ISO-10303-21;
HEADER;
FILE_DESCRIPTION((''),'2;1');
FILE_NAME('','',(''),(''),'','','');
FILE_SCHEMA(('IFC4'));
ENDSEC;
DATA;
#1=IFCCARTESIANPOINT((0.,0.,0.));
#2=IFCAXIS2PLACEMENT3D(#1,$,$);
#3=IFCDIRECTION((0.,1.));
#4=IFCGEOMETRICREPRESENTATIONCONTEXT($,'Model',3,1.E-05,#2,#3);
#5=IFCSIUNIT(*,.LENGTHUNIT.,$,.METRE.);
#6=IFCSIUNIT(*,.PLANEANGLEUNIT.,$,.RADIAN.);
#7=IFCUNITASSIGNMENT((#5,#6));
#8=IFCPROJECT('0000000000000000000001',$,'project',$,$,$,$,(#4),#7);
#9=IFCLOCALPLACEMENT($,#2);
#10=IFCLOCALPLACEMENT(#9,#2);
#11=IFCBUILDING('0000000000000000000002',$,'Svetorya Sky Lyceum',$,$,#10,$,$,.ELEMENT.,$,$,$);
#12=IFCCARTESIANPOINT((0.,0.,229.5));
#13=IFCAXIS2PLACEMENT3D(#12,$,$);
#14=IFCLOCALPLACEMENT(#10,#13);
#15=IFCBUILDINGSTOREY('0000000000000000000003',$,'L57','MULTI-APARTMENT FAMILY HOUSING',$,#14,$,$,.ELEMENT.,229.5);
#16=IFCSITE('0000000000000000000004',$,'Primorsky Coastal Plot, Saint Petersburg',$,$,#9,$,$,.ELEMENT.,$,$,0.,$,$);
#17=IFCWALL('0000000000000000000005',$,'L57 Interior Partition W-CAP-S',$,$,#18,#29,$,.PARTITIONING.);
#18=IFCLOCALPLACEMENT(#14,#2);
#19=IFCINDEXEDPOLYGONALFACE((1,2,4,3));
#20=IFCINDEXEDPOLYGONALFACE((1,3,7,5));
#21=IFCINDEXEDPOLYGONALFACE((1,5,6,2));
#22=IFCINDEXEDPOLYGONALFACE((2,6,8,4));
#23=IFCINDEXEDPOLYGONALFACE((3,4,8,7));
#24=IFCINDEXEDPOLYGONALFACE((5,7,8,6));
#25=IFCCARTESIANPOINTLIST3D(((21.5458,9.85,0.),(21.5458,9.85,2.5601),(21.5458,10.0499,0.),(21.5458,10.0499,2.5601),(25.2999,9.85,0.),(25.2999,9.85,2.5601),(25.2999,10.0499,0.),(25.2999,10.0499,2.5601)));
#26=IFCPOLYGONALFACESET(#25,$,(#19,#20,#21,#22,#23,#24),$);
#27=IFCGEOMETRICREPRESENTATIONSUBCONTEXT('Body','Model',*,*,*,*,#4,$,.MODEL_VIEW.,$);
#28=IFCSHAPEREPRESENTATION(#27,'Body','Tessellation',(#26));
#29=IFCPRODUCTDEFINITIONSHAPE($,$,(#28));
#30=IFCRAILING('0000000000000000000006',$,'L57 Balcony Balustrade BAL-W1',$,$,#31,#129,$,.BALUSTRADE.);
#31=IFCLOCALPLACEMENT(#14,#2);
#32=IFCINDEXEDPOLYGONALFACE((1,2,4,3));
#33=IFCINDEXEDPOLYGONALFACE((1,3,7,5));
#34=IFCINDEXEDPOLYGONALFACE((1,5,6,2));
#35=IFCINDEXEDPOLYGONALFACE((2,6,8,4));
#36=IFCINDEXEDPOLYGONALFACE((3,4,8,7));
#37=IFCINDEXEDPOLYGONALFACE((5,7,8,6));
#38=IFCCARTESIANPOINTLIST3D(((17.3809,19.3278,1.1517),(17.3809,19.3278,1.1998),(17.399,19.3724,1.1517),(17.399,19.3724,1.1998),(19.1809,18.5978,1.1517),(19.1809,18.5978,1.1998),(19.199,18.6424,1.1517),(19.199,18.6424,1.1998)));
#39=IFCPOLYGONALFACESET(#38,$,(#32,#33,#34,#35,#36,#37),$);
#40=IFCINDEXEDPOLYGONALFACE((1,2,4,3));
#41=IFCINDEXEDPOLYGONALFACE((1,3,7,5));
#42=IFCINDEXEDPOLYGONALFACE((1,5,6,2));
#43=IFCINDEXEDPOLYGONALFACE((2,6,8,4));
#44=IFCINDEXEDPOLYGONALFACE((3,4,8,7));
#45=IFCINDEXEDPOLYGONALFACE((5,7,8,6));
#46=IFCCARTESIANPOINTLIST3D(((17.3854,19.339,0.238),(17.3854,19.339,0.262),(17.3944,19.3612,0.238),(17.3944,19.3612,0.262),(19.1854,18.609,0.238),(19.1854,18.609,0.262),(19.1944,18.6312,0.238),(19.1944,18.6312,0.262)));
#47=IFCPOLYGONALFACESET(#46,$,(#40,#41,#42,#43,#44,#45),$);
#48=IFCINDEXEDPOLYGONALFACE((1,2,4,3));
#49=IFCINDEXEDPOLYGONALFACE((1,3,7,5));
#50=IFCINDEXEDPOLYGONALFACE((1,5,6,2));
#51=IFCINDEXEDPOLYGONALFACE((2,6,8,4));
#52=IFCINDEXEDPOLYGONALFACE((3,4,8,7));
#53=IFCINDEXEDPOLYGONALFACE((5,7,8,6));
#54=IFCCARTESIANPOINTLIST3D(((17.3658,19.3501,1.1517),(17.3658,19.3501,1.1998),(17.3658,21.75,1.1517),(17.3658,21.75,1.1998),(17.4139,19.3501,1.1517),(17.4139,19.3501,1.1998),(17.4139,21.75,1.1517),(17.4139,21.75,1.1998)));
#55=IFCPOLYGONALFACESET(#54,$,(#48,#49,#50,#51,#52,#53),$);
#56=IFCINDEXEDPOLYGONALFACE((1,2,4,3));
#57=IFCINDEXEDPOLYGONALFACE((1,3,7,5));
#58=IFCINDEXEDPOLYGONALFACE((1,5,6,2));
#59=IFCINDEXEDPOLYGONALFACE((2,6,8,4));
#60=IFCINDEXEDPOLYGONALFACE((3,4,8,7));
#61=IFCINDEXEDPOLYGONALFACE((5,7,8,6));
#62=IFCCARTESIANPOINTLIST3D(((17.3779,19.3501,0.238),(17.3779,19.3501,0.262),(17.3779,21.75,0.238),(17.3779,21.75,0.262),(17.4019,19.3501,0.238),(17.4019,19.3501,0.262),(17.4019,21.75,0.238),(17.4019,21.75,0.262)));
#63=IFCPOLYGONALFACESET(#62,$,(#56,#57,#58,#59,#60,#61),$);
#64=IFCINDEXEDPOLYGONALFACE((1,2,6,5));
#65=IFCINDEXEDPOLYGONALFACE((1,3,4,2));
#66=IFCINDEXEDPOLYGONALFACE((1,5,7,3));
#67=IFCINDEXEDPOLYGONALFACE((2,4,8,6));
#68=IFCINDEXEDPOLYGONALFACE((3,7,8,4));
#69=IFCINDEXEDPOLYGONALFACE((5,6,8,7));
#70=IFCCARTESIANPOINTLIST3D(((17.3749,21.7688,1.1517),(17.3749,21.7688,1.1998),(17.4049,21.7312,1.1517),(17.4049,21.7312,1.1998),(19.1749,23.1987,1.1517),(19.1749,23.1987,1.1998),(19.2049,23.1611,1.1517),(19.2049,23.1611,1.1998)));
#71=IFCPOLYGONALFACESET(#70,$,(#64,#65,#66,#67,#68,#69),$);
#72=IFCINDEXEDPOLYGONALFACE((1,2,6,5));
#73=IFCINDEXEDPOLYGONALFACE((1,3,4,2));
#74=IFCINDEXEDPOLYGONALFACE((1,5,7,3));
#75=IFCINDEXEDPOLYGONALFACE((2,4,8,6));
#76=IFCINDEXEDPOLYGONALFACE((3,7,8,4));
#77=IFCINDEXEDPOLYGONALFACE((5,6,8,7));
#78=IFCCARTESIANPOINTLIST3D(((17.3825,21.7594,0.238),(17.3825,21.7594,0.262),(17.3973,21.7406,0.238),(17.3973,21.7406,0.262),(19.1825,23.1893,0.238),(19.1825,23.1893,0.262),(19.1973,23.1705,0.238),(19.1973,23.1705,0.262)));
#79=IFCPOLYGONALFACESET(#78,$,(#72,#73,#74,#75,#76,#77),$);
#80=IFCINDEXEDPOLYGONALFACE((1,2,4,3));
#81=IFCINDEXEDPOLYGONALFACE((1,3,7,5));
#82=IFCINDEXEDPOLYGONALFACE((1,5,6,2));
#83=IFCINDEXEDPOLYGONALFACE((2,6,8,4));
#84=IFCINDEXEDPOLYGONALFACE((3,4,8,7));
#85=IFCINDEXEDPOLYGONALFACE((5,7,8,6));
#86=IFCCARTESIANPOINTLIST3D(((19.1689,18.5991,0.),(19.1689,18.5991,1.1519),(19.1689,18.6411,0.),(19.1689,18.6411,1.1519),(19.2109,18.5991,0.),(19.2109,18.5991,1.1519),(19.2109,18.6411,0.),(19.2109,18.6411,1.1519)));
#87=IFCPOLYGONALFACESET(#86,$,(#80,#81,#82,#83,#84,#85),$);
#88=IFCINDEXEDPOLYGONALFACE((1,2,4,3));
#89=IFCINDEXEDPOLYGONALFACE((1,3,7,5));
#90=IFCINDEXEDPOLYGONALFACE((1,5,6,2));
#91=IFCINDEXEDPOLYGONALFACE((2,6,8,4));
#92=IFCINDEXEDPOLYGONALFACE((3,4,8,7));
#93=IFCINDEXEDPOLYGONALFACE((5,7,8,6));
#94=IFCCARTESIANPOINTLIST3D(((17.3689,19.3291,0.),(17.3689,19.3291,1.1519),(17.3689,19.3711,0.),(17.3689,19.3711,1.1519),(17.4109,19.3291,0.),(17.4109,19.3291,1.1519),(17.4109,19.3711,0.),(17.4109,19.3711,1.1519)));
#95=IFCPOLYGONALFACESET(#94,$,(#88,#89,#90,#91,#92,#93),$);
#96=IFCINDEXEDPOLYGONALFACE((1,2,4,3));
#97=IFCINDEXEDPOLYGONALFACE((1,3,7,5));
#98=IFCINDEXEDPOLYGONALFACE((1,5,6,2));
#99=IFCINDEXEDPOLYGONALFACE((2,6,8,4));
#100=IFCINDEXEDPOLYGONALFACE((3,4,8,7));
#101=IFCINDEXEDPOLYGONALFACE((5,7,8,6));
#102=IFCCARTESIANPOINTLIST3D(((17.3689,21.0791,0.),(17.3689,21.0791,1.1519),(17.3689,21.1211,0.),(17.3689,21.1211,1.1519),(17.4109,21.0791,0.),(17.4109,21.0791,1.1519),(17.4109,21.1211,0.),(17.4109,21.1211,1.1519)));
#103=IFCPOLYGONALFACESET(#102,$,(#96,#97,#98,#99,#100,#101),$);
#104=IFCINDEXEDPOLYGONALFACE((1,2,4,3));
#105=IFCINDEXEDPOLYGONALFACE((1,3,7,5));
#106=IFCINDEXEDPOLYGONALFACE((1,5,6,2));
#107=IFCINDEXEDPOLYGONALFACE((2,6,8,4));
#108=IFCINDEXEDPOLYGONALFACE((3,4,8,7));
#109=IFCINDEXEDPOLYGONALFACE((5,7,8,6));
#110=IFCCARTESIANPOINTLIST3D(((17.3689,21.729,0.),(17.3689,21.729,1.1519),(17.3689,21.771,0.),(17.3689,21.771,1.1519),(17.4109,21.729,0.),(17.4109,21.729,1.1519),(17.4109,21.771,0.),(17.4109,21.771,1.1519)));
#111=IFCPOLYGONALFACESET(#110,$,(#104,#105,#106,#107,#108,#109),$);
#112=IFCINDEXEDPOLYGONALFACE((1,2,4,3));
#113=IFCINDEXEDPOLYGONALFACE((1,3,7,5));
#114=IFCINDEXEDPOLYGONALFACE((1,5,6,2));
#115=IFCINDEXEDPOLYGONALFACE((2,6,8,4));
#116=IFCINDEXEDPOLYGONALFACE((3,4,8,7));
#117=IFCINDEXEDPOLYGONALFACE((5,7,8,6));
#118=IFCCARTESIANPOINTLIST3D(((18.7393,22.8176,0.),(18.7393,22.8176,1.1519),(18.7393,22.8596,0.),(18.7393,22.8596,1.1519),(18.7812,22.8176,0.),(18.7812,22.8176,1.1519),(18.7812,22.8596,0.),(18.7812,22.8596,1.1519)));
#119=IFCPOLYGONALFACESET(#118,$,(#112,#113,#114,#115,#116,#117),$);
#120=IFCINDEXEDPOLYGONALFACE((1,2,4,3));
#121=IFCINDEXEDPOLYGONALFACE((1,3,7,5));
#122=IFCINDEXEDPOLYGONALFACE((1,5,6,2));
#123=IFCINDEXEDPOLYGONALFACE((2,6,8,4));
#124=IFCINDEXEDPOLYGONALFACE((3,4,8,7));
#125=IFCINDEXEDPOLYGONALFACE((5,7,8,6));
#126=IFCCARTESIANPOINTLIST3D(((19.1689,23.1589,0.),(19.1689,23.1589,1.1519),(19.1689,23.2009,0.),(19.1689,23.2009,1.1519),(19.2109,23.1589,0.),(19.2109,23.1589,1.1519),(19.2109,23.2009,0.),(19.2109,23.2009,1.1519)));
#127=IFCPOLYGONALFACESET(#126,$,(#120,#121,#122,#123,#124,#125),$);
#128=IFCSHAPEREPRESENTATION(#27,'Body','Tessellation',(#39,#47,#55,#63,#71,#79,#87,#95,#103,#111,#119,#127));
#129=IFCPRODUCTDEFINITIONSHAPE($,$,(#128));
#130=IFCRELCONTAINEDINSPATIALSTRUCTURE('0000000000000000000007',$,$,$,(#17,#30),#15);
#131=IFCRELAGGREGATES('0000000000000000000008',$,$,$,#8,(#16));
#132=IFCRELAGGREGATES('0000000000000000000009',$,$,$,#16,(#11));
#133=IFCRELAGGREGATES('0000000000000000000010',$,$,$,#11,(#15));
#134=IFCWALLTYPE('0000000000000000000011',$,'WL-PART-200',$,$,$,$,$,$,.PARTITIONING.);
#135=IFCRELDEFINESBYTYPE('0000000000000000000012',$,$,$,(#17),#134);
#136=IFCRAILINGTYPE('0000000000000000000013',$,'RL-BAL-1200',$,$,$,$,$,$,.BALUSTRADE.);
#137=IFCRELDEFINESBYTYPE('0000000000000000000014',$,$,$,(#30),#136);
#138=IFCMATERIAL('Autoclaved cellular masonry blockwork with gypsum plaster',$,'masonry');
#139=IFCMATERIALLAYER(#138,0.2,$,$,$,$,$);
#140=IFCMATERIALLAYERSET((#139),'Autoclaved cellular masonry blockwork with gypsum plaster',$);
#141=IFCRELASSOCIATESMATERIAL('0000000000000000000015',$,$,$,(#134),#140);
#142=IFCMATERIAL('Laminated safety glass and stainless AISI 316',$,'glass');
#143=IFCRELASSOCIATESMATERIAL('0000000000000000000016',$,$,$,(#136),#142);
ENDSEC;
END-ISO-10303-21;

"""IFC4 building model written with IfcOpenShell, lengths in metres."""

from ifc_helpers import new_model, si_unit, direction, frame, frame_2d, origin, origin_2d, place, context, subcontext, project, spatial, rectangle, extrude, material, layer, layer_set, type_object, element, save


model = new_model("IFC4")

# Units and contexts
model_context = context("Model", 3, precision=1e-05, world=origin(), true_north=direction((0.0, 1.0)))
body_context = subcontext(model_context, "Body", "Model", "MODEL_VIEW")
ifc_project = project(units=[si_unit("LENGTHUNIT", "METRE"), si_unit("PLANEANGLEUNIT", "RADIAN")], contexts=[model_context])

# Site, building, storey
site_placement = place(None, origin())
site = spatial("IfcSite", under=ifc_project, at=site_placement, Name="Primorsky Coastal Plot, Saint Petersburg", CompositionType="ELEMENT", RefElevation=0.0)
building_placement = place(site_placement, origin())
building = spatial("IfcBuilding", under=site, at=building_placement, Name="Svetorya Sky Lyceum", CompositionType="ELEMENT")
storey_placement = place(building_placement, frame((0.0, 0.0, 229.5)))
storey = spatial("IfcBuildingStorey", under=building, at=storey_placement, Name="L57", Description="MULTI-APARTMENT FAMILY HOUSING", CompositionType="ELEMENT", Elevation=229.5)

# Wall
ifc_material_1 = material(Name="Autoclaved cellular masonry blockwork with gypsum plaster", Category="masonry")
ifc_layer_1 = layer(ifc_material_1, 0.2)
ifc_layer_set_1 = layer_set([ifc_layer_1], Name="Autoclaved cellular masonry blockwork with gypsum plaster")
wall_type_1 = type_object("IfcWallType", Name="WL-PART-200", PredefinedType="PARTITIONING", material=ifc_layer_set_1)
wall_1_placement = place(storey_placement, frame((21.5459, 9.95, 0.0), z_axis=(0.0, 0.0, 1.0), x_axis=(1.0, 0.0, 0.0)))
element("IfcWall", 1, at=wall_1_placement, inside=storey, type_object=wall_type_1, Name="L57 Interior Partition W-CAP-S", PredefinedType="PARTITIONING", context=body_context, shape_type="SweptSolid", body=[
    extrude(rectangle(XDim=3.7542, YDim=0.2, at=frame_2d((1.877, 0.0))), origin(), (0.0, 0.0, 1.0), 2.5601),
])

# Railing
ifc_material_2 = material(Name="Laminated safety glass and stainless AISI 316", Category="glass")
railing_type = type_object("IfcRailingType", Name="RL-BAL-1200", PredefinedType="BALUSTRADE", material=ifc_material_2)
railing_placement = place(storey_placement, frame((19.1899, 18.6201, 0.0)))
element("IfcRailing", 2, at=railing_placement, inside=storey, type_object=railing_type, Name="L57 Balcony Balustrade BAL-W1", PredefinedType="BALUSTRADE", context=body_context, shape_type="SweptSolid", body=[
    extrude(rectangle(XDim=0.0481, YDim=0.0481, at=origin_2d()), frame((0.0, 0.0, 1.1758), z_axis=(-0.926698, 0.375807, 0.0), x_axis=(-0.375807, -0.926698, 0.0)), (0.0, 0.0, 1.0), 1.9424),
    extrude(rectangle(XDim=0.0239, YDim=0.0239, at=origin_2d()), frame((0.0, 0.0, 0.25), z_axis=(-0.926698, 0.375807, 0.0), x_axis=(-0.375807, -0.926698, 0.0)), (0.0, 0.0, 1.0), 1.9424),
    extrude(rectangle(XDim=0.0481, YDim=0.0481, at=origin_2d()), frame((-1.8, 0.73, 1.1758), z_axis=(0.0, 1.0, 0.0), x_axis=(-1.0, 0.0, 0.0)), (0.0, 0.0, 1.0), 2.3999),
    extrude(rectangle(XDim=0.0239, YDim=0.0239, at=origin_2d()), frame((-1.8, 0.73, 0.25), z_axis=(0.0, 1.0, 0.0), x_axis=(-1.0, 0.0, 0.0)), (0.0, 0.0, 1.0), 2.3999),
    extrude(rectangle(XDim=0.0481, YDim=0.0481, at=origin_2d()), frame((-1.8, 3.1299, 1.1758), z_axis=(0.783009, 0.62201, 0.0), x_axis=(-0.62201, 0.783009, 0.0)), (0.0, 0.0, 1.0), 2.2988),
    extrude(rectangle(XDim=0.0239, YDim=0.0239, at=origin_2d()), frame((-1.8, 3.1299, 0.25), z_axis=(0.783009, 0.62201, 0.0), x_axis=(-0.62201, 0.783009, 0.0)), (0.0, 0.0, 1.0), 2.2988),
    extrude(rectangle(XDim=0.042, YDim=0.042, at=origin_2d()), origin(), (0.0, 0.0, 1.0), 1.1519),
    extrude(rectangle(XDim=0.042, YDim=0.042, at=origin_2d()), frame((-1.8, 0.73, 0.0)), (0.0, 0.0, 1.0), 1.1519),
    extrude(rectangle(XDim=0.042, YDim=0.042, at=origin_2d()), frame((-1.8, 2.48, 0.0)), (0.0, 0.0, 1.0), 1.1519),
    extrude(rectangle(XDim=0.042, YDim=0.042, at=origin_2d()), frame((-1.8, 3.1299, 0.0)), (0.0, 0.0, 1.0), 1.1519),
    extrude(rectangle(XDim=0.042, YDim=0.042, at=origin_2d()), frame((-0.4297, 4.2185, 0.0)), (0.0, 0.0, 1.0), 1.1519),
    extrude(rectangle(XDim=0.042, YDim=0.042, at=origin_2d()), frame((0.0, 4.5598, 0.0)), (0.0, 0.0, 1.0), 1.1519),
])

save(model, "model.ifc")
